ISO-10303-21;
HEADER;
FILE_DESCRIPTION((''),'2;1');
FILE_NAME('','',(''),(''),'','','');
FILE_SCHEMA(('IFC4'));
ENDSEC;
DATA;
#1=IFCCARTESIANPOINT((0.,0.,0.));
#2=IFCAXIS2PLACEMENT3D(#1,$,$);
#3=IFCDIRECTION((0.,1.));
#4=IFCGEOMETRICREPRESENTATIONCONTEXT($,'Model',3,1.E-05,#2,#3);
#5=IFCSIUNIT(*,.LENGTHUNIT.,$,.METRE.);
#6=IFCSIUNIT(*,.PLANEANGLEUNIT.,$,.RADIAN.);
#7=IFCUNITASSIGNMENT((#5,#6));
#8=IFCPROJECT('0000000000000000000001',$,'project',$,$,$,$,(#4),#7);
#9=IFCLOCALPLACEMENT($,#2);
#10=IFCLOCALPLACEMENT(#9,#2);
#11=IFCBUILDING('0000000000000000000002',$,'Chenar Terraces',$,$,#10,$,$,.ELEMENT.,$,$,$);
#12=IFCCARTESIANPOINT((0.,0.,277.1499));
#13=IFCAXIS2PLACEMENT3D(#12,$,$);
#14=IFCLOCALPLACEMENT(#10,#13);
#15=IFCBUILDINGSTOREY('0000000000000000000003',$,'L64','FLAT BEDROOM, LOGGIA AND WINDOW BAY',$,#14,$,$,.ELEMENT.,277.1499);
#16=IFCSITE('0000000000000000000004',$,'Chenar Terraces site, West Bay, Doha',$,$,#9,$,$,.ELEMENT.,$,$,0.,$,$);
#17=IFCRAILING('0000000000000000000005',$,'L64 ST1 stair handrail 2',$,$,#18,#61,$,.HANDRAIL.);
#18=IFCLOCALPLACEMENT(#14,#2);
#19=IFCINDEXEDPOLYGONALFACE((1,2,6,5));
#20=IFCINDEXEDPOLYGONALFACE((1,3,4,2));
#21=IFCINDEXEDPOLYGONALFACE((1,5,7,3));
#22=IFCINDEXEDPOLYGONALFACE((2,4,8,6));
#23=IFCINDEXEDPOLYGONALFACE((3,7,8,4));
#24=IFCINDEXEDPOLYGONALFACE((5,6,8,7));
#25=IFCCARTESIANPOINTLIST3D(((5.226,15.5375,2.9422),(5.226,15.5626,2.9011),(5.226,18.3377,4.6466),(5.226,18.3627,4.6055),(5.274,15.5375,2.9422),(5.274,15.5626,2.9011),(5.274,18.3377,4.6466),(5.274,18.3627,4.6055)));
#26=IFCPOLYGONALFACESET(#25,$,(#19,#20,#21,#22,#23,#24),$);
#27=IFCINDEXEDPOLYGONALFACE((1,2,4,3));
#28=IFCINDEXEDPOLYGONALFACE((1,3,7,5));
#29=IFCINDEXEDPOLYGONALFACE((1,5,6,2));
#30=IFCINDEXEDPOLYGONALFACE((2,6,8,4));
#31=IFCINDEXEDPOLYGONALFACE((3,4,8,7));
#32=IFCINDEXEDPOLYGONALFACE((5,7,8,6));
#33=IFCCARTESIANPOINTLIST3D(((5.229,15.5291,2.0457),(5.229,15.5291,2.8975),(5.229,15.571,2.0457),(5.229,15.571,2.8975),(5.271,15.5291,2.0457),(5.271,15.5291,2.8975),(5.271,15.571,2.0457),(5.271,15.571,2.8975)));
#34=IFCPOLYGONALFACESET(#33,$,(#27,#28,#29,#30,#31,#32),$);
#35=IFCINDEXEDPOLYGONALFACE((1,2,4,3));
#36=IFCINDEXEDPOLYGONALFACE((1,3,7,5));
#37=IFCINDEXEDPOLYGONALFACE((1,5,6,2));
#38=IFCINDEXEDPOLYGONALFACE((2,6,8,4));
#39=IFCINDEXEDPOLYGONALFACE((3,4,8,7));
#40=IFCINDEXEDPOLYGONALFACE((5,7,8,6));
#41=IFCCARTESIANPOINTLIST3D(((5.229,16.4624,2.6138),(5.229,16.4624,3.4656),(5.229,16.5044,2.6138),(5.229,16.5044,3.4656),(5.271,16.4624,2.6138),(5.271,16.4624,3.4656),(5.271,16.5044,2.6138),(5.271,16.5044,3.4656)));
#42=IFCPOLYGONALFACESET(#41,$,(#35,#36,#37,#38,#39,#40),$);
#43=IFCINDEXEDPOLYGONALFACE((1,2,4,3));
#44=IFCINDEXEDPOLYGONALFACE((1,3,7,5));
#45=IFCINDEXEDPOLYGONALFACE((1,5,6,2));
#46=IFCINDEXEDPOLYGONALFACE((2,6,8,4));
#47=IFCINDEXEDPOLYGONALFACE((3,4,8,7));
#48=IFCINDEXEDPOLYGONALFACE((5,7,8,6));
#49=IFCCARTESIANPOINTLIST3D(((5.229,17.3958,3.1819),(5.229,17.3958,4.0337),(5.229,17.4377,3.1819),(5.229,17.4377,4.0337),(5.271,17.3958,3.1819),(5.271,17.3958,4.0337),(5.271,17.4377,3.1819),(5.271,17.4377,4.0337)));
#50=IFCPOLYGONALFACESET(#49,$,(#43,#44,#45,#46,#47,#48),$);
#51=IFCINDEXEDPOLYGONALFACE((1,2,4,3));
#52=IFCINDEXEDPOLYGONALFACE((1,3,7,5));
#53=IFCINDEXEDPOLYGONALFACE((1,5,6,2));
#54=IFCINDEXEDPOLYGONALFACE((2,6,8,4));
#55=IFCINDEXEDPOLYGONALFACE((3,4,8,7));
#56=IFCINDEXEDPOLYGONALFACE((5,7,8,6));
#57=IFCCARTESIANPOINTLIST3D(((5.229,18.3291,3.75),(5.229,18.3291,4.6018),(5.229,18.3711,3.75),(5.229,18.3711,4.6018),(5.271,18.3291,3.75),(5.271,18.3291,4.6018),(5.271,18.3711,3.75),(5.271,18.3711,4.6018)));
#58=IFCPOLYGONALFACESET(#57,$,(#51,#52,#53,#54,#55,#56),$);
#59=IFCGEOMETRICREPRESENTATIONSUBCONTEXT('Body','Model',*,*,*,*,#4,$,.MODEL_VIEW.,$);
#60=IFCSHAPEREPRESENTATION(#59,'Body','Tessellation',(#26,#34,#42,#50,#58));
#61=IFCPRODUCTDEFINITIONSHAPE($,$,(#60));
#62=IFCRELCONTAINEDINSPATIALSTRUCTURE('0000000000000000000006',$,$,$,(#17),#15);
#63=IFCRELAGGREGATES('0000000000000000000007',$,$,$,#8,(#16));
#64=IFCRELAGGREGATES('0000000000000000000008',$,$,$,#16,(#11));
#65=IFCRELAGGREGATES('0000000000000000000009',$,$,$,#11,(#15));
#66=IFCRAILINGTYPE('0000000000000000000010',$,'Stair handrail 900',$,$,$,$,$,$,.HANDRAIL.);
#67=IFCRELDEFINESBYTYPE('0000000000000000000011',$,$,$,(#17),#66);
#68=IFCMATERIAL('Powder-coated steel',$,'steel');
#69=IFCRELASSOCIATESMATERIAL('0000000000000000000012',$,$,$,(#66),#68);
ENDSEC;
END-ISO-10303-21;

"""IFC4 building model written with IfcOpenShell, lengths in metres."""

from ifc_helpers import new_model, si_unit, direction, frame, origin, origin_2d, place, context, subcontext, project, spatial, rectangle, extrude, material, type_object, element, save


model = new_model("IFC4")

# Units and contexts
model_context = context("Model", 3, precision=1e-05, world=origin(), true_north=direction((0.0, 1.0)))
body_context = subcontext(model_context, "Body", "Model", "MODEL_VIEW")
ifc_project = project(units=[si_unit("LENGTHUNIT", "METRE"), si_unit("PLANEANGLEUNIT", "RADIAN")], contexts=[model_context])

# Site, building, storey
site_placement = place(None, origin())
site = spatial("IfcSite", under=ifc_project, at=site_placement, Name="Chenar Terraces site, West Bay, Doha", CompositionType="ELEMENT", RefElevation=0.0)
building_placement = place(site_placement, origin())
building = spatial("IfcBuilding", under=site, at=building_placement, Name="Chenar Terraces", CompositionType="ELEMENT")
storey_placement = place(building_placement, frame((0.0, 0.0, 277.1499)))
storey = spatial("IfcBuildingStorey", under=building, at=storey_placement, Name="L64", Description="FLAT BEDROOM, LOGGIA AND WINDOW BAY", CompositionType="ELEMENT", Elevation=277.1499)

# Railing
ifc_material_1 = material(Name="Powder-coated steel", Category="steel")
railing_type_1 = type_object("IfcRailingType", Name="Stair handrail 900", PredefinedType="HANDRAIL", material=ifc_material_1)
railing_1_placement = place(storey_placement, frame((5.25, 15.55, 2.0457)))
element("IfcRailing", 1, at=railing_1_placement, inside=storey, type_object=railing_type_1, Name="L64 ST1 stair handrail 2", PredefinedType="HANDRAIL", context=body_context, shape_type="SweptSolid", body=[
    extrude(rectangle(XDim=0.0481, YDim=0.0481, at=origin_2d()), frame((0.0, 0.0, 0.876), z_axis=(0.0, 0.854203, 0.51994), x_axis=(-1.0, 0.0, 0.0)), (0.0, 0.0, 1.0), 3.2781),
    extrude(rectangle(XDim=0.042, YDim=0.042, at=origin_2d()), origin(), (0.0, 0.0, 1.0), 0.8518),
    extrude(rectangle(XDim=0.042, YDim=0.042, at=origin_2d()), frame((0.0, 0.9333, 0.5681)), (0.0, 0.0, 1.0), 0.8518),
    extrude(rectangle(XDim=0.042, YDim=0.042, at=origin_2d()), frame((0.0, 1.8667, 1.1362)), (0.0, 0.0, 1.0), 0.8518),
    extrude(rectangle(XDim=0.042, YDim=0.042, at=origin_2d()), frame((0.0, 2.8, 1.7043)), (0.0, 0.0, 1.0), 0.8518),
])

save(model, "model.ifc")
